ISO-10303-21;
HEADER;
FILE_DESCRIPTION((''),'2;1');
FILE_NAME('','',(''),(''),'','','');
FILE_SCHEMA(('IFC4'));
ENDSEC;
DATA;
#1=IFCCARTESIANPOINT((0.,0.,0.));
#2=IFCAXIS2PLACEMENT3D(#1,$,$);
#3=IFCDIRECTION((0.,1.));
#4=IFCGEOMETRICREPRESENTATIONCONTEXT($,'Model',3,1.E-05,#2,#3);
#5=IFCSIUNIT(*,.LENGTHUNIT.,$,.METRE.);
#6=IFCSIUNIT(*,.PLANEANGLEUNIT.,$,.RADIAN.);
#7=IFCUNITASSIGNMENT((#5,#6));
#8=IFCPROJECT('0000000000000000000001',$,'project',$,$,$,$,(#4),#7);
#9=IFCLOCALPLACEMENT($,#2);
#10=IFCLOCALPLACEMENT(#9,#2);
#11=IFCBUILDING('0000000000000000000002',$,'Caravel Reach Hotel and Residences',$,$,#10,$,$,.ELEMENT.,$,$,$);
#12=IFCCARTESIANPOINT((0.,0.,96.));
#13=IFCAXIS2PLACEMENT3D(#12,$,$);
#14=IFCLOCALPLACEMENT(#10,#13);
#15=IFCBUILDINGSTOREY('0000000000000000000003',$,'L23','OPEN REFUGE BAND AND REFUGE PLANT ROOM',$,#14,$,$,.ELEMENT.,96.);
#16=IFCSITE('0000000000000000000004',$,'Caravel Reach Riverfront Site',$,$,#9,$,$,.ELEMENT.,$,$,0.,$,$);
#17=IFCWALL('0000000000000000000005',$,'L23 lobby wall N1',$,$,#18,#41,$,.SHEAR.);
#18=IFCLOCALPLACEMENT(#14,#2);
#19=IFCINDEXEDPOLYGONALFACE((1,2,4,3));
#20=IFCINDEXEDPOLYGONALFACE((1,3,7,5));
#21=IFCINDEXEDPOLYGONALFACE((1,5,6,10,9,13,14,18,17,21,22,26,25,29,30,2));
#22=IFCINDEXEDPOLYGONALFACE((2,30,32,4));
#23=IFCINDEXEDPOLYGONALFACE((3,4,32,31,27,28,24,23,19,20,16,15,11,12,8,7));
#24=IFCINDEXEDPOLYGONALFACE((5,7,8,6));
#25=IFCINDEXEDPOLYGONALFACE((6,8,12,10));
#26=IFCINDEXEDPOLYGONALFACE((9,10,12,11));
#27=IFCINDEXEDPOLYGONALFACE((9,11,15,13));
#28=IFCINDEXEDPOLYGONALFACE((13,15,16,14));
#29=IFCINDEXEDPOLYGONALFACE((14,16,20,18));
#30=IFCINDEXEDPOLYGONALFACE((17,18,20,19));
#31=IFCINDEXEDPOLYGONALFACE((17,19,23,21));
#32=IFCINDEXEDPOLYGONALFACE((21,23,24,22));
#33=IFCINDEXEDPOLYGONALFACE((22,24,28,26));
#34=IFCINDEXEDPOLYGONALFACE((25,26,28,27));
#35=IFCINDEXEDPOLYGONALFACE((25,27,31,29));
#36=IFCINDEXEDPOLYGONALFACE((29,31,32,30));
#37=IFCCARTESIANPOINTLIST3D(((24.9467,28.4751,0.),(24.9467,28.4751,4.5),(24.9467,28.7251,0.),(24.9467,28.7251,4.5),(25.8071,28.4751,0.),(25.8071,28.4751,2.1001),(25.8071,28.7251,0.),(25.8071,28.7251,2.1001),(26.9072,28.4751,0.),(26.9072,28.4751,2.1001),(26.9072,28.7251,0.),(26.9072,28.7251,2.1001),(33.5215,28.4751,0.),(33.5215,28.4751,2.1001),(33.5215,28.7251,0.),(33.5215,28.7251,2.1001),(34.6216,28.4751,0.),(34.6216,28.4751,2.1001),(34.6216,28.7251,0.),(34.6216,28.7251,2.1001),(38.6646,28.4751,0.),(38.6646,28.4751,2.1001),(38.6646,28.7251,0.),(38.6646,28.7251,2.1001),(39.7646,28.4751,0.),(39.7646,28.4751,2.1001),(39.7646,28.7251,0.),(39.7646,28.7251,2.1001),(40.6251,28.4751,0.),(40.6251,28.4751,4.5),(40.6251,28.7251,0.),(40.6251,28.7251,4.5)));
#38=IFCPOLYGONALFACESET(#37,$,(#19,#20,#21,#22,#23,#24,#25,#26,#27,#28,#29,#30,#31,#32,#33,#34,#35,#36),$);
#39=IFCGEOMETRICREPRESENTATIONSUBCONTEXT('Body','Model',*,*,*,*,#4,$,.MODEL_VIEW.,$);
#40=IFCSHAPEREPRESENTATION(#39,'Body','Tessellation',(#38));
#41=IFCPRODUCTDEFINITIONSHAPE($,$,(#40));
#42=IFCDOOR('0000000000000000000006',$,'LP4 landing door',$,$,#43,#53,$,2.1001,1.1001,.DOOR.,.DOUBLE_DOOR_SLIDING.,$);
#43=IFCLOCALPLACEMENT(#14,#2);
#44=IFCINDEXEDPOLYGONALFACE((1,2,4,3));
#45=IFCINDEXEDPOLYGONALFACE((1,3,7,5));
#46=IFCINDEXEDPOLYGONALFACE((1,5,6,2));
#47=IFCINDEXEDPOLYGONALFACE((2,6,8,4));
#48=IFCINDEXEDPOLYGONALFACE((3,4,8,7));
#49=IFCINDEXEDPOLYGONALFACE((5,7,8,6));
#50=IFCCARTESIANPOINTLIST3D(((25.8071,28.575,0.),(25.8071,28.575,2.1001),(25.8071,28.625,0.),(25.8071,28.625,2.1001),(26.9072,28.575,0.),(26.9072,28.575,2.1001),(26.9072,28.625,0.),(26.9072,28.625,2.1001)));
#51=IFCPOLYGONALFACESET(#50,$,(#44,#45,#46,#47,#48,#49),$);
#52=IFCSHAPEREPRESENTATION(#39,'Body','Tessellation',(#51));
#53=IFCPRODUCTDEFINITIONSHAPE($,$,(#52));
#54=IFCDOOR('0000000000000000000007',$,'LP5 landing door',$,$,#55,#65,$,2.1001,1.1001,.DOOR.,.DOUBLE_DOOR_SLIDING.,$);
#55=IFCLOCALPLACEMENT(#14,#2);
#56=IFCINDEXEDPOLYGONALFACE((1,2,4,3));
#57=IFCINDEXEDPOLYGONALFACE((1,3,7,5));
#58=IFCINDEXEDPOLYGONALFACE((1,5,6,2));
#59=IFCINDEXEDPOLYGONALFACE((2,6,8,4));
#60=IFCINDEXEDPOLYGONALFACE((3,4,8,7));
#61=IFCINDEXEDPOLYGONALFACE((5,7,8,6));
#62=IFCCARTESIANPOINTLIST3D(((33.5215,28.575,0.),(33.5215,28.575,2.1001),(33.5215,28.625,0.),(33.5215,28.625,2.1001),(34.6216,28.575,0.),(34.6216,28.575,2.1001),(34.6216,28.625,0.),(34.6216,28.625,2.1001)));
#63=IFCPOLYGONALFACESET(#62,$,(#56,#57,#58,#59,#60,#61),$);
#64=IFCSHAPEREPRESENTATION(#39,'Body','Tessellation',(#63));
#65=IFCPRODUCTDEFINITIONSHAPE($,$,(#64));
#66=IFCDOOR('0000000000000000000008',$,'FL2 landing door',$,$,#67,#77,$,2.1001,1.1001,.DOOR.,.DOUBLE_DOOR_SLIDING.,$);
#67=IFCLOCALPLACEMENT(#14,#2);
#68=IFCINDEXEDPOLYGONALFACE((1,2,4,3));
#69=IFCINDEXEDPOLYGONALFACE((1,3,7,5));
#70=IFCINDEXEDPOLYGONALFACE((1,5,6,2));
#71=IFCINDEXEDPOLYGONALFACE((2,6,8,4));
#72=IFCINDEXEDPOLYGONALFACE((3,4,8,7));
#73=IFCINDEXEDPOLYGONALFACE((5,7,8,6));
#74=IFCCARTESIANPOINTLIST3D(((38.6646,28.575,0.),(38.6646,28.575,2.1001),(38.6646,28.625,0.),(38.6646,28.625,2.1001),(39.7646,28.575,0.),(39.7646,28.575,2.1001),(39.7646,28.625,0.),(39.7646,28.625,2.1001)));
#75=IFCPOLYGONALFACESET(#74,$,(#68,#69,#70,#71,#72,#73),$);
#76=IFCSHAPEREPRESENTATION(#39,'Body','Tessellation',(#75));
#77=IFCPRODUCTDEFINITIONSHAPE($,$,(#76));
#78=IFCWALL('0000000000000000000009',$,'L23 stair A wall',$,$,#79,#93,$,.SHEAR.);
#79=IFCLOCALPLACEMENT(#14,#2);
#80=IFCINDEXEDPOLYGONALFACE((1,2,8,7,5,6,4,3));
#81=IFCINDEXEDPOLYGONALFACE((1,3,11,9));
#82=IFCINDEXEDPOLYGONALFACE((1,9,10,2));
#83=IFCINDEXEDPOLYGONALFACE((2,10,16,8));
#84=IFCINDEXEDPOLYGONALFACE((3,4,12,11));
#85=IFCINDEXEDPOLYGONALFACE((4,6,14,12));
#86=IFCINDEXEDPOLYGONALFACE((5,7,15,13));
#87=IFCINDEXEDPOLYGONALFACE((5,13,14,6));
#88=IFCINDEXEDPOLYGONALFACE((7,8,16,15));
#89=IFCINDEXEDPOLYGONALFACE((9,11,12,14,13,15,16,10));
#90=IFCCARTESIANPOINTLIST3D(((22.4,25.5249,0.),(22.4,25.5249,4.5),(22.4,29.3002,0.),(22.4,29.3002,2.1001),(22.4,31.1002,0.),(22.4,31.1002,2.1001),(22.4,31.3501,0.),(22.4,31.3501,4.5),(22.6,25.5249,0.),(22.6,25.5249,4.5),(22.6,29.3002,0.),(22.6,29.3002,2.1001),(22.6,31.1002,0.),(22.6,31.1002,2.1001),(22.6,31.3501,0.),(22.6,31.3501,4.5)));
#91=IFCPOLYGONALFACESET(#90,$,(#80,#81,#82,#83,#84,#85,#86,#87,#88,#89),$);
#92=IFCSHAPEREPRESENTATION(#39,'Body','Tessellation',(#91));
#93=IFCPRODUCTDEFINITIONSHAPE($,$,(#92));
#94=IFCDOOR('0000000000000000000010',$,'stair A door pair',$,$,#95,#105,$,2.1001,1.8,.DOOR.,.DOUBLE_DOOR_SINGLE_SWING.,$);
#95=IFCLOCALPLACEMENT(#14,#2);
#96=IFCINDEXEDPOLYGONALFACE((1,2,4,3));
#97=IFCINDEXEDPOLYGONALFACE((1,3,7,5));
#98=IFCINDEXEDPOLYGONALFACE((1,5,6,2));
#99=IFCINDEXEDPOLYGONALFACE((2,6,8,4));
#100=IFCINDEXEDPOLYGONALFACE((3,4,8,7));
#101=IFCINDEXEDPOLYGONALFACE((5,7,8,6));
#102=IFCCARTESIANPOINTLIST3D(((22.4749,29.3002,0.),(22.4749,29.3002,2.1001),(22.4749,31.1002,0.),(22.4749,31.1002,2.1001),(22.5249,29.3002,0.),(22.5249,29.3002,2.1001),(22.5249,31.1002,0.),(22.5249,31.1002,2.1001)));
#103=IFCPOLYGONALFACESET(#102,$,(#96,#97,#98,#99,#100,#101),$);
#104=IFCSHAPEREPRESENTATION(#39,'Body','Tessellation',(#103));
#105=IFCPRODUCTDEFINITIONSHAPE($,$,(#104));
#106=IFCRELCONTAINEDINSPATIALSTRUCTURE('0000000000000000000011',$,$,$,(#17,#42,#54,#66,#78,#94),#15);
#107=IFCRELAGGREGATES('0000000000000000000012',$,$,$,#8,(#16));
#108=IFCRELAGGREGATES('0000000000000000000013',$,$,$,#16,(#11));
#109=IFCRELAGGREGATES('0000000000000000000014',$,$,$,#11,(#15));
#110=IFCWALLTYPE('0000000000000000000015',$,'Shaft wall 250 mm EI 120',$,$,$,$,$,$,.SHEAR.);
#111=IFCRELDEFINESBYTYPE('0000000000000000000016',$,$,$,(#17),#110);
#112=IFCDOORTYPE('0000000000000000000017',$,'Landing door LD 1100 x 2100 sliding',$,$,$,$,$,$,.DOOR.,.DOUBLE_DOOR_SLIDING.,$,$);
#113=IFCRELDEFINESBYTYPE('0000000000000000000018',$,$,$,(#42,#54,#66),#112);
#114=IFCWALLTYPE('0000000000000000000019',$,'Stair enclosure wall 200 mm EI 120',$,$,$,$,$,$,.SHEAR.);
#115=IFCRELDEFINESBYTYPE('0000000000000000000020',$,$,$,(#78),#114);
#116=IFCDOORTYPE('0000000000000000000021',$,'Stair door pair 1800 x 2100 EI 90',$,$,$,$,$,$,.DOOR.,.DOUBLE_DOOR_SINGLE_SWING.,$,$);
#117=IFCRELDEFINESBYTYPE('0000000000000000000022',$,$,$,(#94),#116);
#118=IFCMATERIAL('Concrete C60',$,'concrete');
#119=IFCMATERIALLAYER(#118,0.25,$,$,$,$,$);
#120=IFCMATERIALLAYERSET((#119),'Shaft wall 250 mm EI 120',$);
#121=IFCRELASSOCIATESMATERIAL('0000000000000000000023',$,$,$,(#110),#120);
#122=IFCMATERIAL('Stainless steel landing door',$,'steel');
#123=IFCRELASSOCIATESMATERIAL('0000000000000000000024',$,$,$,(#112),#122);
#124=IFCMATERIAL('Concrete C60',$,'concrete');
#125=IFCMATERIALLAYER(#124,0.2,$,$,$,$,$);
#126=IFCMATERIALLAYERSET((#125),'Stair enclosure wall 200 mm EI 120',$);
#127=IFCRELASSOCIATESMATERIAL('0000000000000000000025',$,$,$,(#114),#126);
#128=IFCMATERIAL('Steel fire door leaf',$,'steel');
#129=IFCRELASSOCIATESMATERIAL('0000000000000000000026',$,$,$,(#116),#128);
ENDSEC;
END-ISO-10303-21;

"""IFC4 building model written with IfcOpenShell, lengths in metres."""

from ifc_helpers import new_model, si_unit, direction, frame, frame_2d, origin, place, context, subcontext, project, spatial, rectangle, extrude, material, layer, layer_set, type_object, element, fill, save


model = new_model("IFC4")

# Units and contexts
model_context = context("Model", 3, precision=1e-05, world=origin(), true_north=direction((0.0, 1.0)))
body_context = subcontext(model_context, "Body", "Model", "MODEL_VIEW")
ifc_project = project(units=[si_unit("LENGTHUNIT", "METRE"), si_unit("PLANEANGLEUNIT", "RADIAN")], contexts=[model_context])

# Site, building, storey
site_placement = place(None, origin())
site = spatial("IfcSite", under=ifc_project, at=site_placement, Name="Caravel Reach Riverfront Site", CompositionType="ELEMENT", RefElevation=0.0)
building_placement = place(site_placement, origin())
building = spatial("IfcBuilding", under=site, at=building_placement, Name="Caravel Reach Hotel and Residences", CompositionType="ELEMENT")
storey_placement = place(building_placement, frame((0.0, 0.0, 96.0)))
storey = spatial("IfcBuildingStorey", under=building, at=storey_placement, Name="L23", Description="OPEN REFUGE BAND AND REFUGE PLANT ROOM", CompositionType="ELEMENT", Elevation=96.0)

# Wall, openings, doors
ifc_material_1 = material(Name="Concrete C60", Category="concrete")
ifc_layer_1 = layer(ifc_material_1, 0.25)
ifc_layer_set_1 = layer_set([ifc_layer_1], Name="Shaft wall 250 mm EI 120")
wall_type_1 = type_object("IfcWallType", Name="Shaft wall 250 mm EI 120", PredefinedType="SHEAR", material=ifc_layer_set_1)
wall_1_placement = place(storey_placement, frame((24.9465, 28.6001, 0.0), z_axis=(0.0, 0.0, 1.0), x_axis=(1.0, 0.0, 0.0)))
wall_1 = element("IfcWall", 1, at=wall_1_placement, inside=storey, type_object=wall_type_1, Name="L23 lobby wall N1", PredefinedType="SHEAR", context=body_context, shape_type="SweptSolid", body=[
    extrude(rectangle(XDim=15.6785, YDim=0.25, at=frame_2d((7.8394, 0.0))), origin(), (0.0, 0.0, 1.0), 4.5),
])
opening_1_placement = place(wall_1_placement, frame((0.8606, 0.0, 0.0)))
opening_1 = element("IfcOpeningElement", 2, at=opening_1_placement, cuts=wall_1, PredefinedType="OPENING", context=body_context, shape_type="SweptSolid", body=[
    extrude(rectangle(XDim=1.1001, YDim=2.1001, at=frame_2d((0.55, 1.05))), frame((0.0, 0.135, 0.0), z_axis=(0.0, -1.0, 0.0), x_axis=(1.0, 0.0, 0.0)), (0.0, 0.0, 1.0), 0.27),
])
opening_2_placement = place(wall_1_placement, frame((8.575, 0.0, 0.0)))
opening_2 = element("IfcOpeningElement", 3, at=opening_2_placement, cuts=wall_1, PredefinedType="OPENING", context=body_context, shape_type="SweptSolid", body=[
    extrude(rectangle(XDim=1.1001, YDim=2.1001, at=frame_2d((0.55, 1.05))), frame((0.0, 0.135, 0.0), z_axis=(0.0, -1.0, 0.0), x_axis=(1.0, 0.0, 0.0)), (0.0, 0.0, 1.0), 0.27),
])
opening_3_placement = place(wall_1_placement, frame((13.718, 0.0, 0.0)))
opening_3 = element("IfcOpeningElement", 4, at=opening_3_placement, cuts=wall_1, PredefinedType="OPENING", context=body_context, shape_type="SweptSolid", body=[
    extrude(rectangle(XDim=1.1001, YDim=2.1001, at=frame_2d((0.55, 1.05))), frame((0.0, 0.135, 0.0), z_axis=(0.0, -1.0, 0.0), x_axis=(1.0, 0.0, 0.0)), (0.0, 0.0, 1.0), 0.27),
])
ifc_material_2 = material(Name="Stainless steel landing door", Category="steel")
door_type_1 = type_object("IfcDoorType", Name="Landing door LD 1100 x 2100 sliding", OperationType="DOUBLE_DOOR_SLIDING", PredefinedType="DOOR", material=ifc_material_2)
door_1_placement = place(opening_1_placement, origin())
door_1 = element("IfcDoor", 5, at=door_1_placement, inside=storey, type_object=door_type_1, Name="LP4 landing door", OperationType="DOUBLE_DOOR_SLIDING", OverallHeight=2.1001, OverallWidth=1.1001, PredefinedType="DOOR", context=body_context, shape_type="SweptSolid", body=[
    extrude(rectangle(XDim=1.1001, YDim=2.1001, at=frame_2d((0.55, 1.05))), frame((0.0, 0.0249, 0.0), z_axis=(0.0, -1.0, 0.0), x_axis=(1.0, 0.0, 0.0)), (0.0, 0.0, 1.0), 0.05),
])
fill(opening_1, door_1)
door_2_placement = place(opening_2_placement, origin())
door_2 = element("IfcDoor", 6, at=door_2_placement, inside=storey, type_object=door_type_1, Name="LP5 landing door", OperationType="DOUBLE_DOOR_SLIDING", OverallHeight=2.1001, OverallWidth=1.1001, PredefinedType="DOOR", context=body_context, shape_type="SweptSolid", body=[
    extrude(rectangle(XDim=1.1001, YDim=2.1001, at=frame_2d((0.55, 1.05))), frame((0.0, 0.0249, 0.0), z_axis=(0.0, -1.0, 0.0), x_axis=(1.0, 0.0, 0.0)), (0.0, 0.0, 1.0), 0.05),
])
fill(opening_2, door_2)
door_3_placement = place(opening_3_placement, origin())
door_3 = element("IfcDoor", 7, at=door_3_placement, inside=storey, type_object=door_type_1, Name="FL2 landing door", OperationType="DOUBLE_DOOR_SLIDING", OverallHeight=2.1001, OverallWidth=1.1001, PredefinedType="DOOR", context=body_context, shape_type="SweptSolid", body=[
    extrude(rectangle(XDim=1.1001, YDim=2.1001, at=frame_2d((0.55, 1.05))), frame((0.0, 0.0249, 0.0), z_axis=(0.0, -1.0, 0.0), x_axis=(1.0, 0.0, 0.0)), (0.0, 0.0, 1.0), 0.05),
])
fill(opening_3, door_3)

# Wall, opening, door
ifc_material_3 = material(Name="Concrete C60", Category="concrete")
ifc_layer_2 = layer(ifc_material_3, 0.2)
ifc_layer_set_2 = layer_set([ifc_layer_2], Name="Stair enclosure wall 200 mm EI 120")
wall_type_2 = type_object("IfcWallType", Name="Stair enclosure wall 200 mm EI 120", PredefinedType="SHEAR", material=ifc_layer_set_2)
wall_2_placement = place(storey_placement, frame((22.5, 31.3501, 0.0), z_axis=(0.0, 0.0, 1.0), x_axis=(0.0, -1.0, 0.0)))
wall_2 = element("IfcWall", 8, at=wall_2_placement, inside=storey, type_object=wall_type_2, Name="L23 stair A wall", PredefinedType="SHEAR", context=body_context, shape_type="SweptSolid", body=[
    extrude(rectangle(XDim=5.8252, YDim=0.2, at=frame_2d((2.9126, 0.0))), origin(), (0.0, 0.0, 1.0), 4.5),
])
opening_4_placement = place(wall_2_placement, frame((0.25, 0.0, 0.0)))
opening_4 = element("IfcOpeningElement", 9, at=opening_4_placement, cuts=wall_2, PredefinedType="OPENING", context=body_context, shape_type="SweptSolid", body=[
    extrude(rectangle(XDim=1.8, YDim=2.1001, at=frame_2d((0.8999, 1.05))), frame((0.0, 0.1099, 0.0), z_axis=(0.0, -1.0, 0.0), x_axis=(1.0, 0.0, 0.0)), (0.0, 0.0, 1.0), 0.22),
])
ifc_material_4 = material(Name="Steel fire door leaf", Category="steel")
door_type_2 = type_object("IfcDoorType", Name="Stair door pair 1800 x 2100 EI 90", OperationType="DOUBLE_DOOR_SINGLE_SWING", PredefinedType="DOOR", material=ifc_material_4)
door_4_placement = place(opening_4_placement, origin())
door_4 = element("IfcDoor", 10, at=door_4_placement, inside=storey, type_object=door_type_2, Name="stair A door pair", OperationType="DOUBLE_DOOR_SINGLE_SWING", OverallHeight=2.1001, OverallWidth=1.8, PredefinedType="DOOR", context=body_context, shape_type="SweptSolid", body=[
    extrude(rectangle(XDim=1.8, YDim=2.1001, at=frame_2d((0.8999, 1.05))), frame((0.0, 0.0249, 0.0), z_axis=(0.0, -1.0, 0.0), x_axis=(1.0, 0.0, 0.0)), (0.0, 0.0, 1.0), 0.05),
])
fill(opening_4, door_4)

save(model, "model.ifc")
